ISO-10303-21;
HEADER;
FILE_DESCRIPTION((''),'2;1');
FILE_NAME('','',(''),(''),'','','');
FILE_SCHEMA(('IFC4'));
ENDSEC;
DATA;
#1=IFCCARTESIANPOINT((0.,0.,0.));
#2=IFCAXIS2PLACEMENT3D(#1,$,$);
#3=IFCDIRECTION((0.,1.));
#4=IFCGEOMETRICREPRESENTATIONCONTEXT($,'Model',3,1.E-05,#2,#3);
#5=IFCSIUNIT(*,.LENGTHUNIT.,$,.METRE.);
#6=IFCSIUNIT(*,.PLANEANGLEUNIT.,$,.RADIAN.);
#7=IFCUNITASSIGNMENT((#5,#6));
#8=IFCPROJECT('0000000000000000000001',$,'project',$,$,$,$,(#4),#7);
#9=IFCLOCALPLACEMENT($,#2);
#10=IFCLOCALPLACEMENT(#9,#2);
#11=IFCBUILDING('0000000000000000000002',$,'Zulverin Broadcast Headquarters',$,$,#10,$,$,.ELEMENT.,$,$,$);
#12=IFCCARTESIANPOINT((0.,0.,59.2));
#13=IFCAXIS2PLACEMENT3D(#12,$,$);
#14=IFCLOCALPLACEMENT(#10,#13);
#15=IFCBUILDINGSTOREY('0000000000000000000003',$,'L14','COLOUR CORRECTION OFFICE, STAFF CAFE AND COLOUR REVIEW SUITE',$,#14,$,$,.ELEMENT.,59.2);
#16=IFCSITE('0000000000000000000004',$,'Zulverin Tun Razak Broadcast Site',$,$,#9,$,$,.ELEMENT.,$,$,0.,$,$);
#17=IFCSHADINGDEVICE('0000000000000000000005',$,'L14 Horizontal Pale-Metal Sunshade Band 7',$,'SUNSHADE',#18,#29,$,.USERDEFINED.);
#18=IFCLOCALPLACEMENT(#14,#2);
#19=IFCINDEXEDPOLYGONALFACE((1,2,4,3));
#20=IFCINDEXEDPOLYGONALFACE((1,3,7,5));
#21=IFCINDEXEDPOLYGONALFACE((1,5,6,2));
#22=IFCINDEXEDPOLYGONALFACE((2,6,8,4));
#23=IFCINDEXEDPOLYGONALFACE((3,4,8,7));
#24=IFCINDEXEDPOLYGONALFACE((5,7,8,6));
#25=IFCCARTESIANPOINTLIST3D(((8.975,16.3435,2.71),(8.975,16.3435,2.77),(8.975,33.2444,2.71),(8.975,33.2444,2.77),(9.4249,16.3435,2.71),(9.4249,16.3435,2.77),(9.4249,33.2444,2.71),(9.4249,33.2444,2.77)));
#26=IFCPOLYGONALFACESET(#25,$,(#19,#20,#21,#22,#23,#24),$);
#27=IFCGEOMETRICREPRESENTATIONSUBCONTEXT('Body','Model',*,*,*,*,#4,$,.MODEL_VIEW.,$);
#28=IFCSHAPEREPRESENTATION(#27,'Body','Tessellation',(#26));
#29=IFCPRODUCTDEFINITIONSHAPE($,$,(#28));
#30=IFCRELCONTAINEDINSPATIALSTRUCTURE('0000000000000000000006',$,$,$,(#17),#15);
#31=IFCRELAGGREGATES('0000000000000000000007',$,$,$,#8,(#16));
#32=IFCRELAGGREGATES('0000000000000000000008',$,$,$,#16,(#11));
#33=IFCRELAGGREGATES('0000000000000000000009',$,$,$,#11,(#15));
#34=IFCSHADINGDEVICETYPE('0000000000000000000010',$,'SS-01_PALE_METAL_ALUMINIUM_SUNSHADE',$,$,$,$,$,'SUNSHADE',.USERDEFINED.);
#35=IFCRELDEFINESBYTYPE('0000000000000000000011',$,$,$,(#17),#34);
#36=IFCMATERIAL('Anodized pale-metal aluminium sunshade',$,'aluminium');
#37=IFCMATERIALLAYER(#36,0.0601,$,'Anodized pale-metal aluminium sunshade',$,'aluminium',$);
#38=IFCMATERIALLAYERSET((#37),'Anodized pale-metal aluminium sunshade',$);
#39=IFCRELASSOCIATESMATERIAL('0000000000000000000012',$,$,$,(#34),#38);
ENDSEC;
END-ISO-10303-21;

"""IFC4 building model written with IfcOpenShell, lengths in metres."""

from ifc_helpers import new_model, si_unit, direction, frame, origin, origin_2d, place, context, subcontext, project, spatial, rectangle, extrude, material, layer, layer_set, type_object, element, save


model = new_model("IFC4")

# Units and contexts
model_context = context("Model", 3, precision=1e-05, world=origin(), true_north=direction((0.0, 1.0)))
body_context = subcontext(model_context, "Body", "Model", "MODEL_VIEW")
ifc_project = project(units=[si_unit("LENGTHUNIT", "METRE"), si_unit("PLANEANGLEUNIT", "RADIAN")], contexts=[model_context])

# Site, building, storey
site_placement = place(None, origin())
site = spatial("IfcSite", under=ifc_project, at=site_placement, Name="Zulverin Tun Razak Broadcast Site", CompositionType="ELEMENT", RefElevation=0.0)
building_placement = place(site_placement, origin())
building = spatial("IfcBuilding", under=site, at=building_placement, Name="Zulverin Broadcast Headquarters", CompositionType="ELEMENT")
storey_placement = place(building_placement, frame((0.0, 0.0, 59.2)))
storey = spatial("IfcBuildingStorey", under=building, at=storey_placement, Name="L14", Description="COLOUR CORRECTION OFFICE, STAFF CAFE AND COLOUR REVIEW SUITE", CompositionType="ELEMENT", Elevation=59.2)

# Shading device
ifc_material_1 = material(Name="Anodized pale-metal aluminium sunshade", Category="aluminium")
ifc_layer_1 = layer(ifc_material_1, 0.0601, Name="Anodized pale-metal aluminium sunshade", Category="aluminium")
ifc_layer_set_1 = layer_set([ifc_layer_1], Name="Anodized pale-metal aluminium sunshade")
shading_device_type = type_object("IfcShadingDeviceType", Name="SS-01_PALE_METAL_ALUMINIUM_SUNSHADE", ElementType="SUNSHADE", PredefinedType="USERDEFINED", material=ifc_layer_set_1)
shading_device_placement = place(storey_placement, frame((9.2, 24.7939, 2.71), z_axis=(0.0, 0.0, 1.0), x_axis=(0.0, -1.0, 0.0)))
element("IfcShadingDevice", 1, at=shading_device_placement, inside=storey, type_object=shading_device_type, Name="L14 Horizontal Pale-Metal Sunshade Band 7", ObjectType="SUNSHADE", PredefinedType="USERDEFINED", context=body_context, shape_type="SweptSolid", body=[
    extrude(rectangle(XDim=16.9009, YDim=0.45, at=origin_2d()), origin(), (0.0, 0.0, 1.0), 0.0601),
])

save(model, "model.ifc")
